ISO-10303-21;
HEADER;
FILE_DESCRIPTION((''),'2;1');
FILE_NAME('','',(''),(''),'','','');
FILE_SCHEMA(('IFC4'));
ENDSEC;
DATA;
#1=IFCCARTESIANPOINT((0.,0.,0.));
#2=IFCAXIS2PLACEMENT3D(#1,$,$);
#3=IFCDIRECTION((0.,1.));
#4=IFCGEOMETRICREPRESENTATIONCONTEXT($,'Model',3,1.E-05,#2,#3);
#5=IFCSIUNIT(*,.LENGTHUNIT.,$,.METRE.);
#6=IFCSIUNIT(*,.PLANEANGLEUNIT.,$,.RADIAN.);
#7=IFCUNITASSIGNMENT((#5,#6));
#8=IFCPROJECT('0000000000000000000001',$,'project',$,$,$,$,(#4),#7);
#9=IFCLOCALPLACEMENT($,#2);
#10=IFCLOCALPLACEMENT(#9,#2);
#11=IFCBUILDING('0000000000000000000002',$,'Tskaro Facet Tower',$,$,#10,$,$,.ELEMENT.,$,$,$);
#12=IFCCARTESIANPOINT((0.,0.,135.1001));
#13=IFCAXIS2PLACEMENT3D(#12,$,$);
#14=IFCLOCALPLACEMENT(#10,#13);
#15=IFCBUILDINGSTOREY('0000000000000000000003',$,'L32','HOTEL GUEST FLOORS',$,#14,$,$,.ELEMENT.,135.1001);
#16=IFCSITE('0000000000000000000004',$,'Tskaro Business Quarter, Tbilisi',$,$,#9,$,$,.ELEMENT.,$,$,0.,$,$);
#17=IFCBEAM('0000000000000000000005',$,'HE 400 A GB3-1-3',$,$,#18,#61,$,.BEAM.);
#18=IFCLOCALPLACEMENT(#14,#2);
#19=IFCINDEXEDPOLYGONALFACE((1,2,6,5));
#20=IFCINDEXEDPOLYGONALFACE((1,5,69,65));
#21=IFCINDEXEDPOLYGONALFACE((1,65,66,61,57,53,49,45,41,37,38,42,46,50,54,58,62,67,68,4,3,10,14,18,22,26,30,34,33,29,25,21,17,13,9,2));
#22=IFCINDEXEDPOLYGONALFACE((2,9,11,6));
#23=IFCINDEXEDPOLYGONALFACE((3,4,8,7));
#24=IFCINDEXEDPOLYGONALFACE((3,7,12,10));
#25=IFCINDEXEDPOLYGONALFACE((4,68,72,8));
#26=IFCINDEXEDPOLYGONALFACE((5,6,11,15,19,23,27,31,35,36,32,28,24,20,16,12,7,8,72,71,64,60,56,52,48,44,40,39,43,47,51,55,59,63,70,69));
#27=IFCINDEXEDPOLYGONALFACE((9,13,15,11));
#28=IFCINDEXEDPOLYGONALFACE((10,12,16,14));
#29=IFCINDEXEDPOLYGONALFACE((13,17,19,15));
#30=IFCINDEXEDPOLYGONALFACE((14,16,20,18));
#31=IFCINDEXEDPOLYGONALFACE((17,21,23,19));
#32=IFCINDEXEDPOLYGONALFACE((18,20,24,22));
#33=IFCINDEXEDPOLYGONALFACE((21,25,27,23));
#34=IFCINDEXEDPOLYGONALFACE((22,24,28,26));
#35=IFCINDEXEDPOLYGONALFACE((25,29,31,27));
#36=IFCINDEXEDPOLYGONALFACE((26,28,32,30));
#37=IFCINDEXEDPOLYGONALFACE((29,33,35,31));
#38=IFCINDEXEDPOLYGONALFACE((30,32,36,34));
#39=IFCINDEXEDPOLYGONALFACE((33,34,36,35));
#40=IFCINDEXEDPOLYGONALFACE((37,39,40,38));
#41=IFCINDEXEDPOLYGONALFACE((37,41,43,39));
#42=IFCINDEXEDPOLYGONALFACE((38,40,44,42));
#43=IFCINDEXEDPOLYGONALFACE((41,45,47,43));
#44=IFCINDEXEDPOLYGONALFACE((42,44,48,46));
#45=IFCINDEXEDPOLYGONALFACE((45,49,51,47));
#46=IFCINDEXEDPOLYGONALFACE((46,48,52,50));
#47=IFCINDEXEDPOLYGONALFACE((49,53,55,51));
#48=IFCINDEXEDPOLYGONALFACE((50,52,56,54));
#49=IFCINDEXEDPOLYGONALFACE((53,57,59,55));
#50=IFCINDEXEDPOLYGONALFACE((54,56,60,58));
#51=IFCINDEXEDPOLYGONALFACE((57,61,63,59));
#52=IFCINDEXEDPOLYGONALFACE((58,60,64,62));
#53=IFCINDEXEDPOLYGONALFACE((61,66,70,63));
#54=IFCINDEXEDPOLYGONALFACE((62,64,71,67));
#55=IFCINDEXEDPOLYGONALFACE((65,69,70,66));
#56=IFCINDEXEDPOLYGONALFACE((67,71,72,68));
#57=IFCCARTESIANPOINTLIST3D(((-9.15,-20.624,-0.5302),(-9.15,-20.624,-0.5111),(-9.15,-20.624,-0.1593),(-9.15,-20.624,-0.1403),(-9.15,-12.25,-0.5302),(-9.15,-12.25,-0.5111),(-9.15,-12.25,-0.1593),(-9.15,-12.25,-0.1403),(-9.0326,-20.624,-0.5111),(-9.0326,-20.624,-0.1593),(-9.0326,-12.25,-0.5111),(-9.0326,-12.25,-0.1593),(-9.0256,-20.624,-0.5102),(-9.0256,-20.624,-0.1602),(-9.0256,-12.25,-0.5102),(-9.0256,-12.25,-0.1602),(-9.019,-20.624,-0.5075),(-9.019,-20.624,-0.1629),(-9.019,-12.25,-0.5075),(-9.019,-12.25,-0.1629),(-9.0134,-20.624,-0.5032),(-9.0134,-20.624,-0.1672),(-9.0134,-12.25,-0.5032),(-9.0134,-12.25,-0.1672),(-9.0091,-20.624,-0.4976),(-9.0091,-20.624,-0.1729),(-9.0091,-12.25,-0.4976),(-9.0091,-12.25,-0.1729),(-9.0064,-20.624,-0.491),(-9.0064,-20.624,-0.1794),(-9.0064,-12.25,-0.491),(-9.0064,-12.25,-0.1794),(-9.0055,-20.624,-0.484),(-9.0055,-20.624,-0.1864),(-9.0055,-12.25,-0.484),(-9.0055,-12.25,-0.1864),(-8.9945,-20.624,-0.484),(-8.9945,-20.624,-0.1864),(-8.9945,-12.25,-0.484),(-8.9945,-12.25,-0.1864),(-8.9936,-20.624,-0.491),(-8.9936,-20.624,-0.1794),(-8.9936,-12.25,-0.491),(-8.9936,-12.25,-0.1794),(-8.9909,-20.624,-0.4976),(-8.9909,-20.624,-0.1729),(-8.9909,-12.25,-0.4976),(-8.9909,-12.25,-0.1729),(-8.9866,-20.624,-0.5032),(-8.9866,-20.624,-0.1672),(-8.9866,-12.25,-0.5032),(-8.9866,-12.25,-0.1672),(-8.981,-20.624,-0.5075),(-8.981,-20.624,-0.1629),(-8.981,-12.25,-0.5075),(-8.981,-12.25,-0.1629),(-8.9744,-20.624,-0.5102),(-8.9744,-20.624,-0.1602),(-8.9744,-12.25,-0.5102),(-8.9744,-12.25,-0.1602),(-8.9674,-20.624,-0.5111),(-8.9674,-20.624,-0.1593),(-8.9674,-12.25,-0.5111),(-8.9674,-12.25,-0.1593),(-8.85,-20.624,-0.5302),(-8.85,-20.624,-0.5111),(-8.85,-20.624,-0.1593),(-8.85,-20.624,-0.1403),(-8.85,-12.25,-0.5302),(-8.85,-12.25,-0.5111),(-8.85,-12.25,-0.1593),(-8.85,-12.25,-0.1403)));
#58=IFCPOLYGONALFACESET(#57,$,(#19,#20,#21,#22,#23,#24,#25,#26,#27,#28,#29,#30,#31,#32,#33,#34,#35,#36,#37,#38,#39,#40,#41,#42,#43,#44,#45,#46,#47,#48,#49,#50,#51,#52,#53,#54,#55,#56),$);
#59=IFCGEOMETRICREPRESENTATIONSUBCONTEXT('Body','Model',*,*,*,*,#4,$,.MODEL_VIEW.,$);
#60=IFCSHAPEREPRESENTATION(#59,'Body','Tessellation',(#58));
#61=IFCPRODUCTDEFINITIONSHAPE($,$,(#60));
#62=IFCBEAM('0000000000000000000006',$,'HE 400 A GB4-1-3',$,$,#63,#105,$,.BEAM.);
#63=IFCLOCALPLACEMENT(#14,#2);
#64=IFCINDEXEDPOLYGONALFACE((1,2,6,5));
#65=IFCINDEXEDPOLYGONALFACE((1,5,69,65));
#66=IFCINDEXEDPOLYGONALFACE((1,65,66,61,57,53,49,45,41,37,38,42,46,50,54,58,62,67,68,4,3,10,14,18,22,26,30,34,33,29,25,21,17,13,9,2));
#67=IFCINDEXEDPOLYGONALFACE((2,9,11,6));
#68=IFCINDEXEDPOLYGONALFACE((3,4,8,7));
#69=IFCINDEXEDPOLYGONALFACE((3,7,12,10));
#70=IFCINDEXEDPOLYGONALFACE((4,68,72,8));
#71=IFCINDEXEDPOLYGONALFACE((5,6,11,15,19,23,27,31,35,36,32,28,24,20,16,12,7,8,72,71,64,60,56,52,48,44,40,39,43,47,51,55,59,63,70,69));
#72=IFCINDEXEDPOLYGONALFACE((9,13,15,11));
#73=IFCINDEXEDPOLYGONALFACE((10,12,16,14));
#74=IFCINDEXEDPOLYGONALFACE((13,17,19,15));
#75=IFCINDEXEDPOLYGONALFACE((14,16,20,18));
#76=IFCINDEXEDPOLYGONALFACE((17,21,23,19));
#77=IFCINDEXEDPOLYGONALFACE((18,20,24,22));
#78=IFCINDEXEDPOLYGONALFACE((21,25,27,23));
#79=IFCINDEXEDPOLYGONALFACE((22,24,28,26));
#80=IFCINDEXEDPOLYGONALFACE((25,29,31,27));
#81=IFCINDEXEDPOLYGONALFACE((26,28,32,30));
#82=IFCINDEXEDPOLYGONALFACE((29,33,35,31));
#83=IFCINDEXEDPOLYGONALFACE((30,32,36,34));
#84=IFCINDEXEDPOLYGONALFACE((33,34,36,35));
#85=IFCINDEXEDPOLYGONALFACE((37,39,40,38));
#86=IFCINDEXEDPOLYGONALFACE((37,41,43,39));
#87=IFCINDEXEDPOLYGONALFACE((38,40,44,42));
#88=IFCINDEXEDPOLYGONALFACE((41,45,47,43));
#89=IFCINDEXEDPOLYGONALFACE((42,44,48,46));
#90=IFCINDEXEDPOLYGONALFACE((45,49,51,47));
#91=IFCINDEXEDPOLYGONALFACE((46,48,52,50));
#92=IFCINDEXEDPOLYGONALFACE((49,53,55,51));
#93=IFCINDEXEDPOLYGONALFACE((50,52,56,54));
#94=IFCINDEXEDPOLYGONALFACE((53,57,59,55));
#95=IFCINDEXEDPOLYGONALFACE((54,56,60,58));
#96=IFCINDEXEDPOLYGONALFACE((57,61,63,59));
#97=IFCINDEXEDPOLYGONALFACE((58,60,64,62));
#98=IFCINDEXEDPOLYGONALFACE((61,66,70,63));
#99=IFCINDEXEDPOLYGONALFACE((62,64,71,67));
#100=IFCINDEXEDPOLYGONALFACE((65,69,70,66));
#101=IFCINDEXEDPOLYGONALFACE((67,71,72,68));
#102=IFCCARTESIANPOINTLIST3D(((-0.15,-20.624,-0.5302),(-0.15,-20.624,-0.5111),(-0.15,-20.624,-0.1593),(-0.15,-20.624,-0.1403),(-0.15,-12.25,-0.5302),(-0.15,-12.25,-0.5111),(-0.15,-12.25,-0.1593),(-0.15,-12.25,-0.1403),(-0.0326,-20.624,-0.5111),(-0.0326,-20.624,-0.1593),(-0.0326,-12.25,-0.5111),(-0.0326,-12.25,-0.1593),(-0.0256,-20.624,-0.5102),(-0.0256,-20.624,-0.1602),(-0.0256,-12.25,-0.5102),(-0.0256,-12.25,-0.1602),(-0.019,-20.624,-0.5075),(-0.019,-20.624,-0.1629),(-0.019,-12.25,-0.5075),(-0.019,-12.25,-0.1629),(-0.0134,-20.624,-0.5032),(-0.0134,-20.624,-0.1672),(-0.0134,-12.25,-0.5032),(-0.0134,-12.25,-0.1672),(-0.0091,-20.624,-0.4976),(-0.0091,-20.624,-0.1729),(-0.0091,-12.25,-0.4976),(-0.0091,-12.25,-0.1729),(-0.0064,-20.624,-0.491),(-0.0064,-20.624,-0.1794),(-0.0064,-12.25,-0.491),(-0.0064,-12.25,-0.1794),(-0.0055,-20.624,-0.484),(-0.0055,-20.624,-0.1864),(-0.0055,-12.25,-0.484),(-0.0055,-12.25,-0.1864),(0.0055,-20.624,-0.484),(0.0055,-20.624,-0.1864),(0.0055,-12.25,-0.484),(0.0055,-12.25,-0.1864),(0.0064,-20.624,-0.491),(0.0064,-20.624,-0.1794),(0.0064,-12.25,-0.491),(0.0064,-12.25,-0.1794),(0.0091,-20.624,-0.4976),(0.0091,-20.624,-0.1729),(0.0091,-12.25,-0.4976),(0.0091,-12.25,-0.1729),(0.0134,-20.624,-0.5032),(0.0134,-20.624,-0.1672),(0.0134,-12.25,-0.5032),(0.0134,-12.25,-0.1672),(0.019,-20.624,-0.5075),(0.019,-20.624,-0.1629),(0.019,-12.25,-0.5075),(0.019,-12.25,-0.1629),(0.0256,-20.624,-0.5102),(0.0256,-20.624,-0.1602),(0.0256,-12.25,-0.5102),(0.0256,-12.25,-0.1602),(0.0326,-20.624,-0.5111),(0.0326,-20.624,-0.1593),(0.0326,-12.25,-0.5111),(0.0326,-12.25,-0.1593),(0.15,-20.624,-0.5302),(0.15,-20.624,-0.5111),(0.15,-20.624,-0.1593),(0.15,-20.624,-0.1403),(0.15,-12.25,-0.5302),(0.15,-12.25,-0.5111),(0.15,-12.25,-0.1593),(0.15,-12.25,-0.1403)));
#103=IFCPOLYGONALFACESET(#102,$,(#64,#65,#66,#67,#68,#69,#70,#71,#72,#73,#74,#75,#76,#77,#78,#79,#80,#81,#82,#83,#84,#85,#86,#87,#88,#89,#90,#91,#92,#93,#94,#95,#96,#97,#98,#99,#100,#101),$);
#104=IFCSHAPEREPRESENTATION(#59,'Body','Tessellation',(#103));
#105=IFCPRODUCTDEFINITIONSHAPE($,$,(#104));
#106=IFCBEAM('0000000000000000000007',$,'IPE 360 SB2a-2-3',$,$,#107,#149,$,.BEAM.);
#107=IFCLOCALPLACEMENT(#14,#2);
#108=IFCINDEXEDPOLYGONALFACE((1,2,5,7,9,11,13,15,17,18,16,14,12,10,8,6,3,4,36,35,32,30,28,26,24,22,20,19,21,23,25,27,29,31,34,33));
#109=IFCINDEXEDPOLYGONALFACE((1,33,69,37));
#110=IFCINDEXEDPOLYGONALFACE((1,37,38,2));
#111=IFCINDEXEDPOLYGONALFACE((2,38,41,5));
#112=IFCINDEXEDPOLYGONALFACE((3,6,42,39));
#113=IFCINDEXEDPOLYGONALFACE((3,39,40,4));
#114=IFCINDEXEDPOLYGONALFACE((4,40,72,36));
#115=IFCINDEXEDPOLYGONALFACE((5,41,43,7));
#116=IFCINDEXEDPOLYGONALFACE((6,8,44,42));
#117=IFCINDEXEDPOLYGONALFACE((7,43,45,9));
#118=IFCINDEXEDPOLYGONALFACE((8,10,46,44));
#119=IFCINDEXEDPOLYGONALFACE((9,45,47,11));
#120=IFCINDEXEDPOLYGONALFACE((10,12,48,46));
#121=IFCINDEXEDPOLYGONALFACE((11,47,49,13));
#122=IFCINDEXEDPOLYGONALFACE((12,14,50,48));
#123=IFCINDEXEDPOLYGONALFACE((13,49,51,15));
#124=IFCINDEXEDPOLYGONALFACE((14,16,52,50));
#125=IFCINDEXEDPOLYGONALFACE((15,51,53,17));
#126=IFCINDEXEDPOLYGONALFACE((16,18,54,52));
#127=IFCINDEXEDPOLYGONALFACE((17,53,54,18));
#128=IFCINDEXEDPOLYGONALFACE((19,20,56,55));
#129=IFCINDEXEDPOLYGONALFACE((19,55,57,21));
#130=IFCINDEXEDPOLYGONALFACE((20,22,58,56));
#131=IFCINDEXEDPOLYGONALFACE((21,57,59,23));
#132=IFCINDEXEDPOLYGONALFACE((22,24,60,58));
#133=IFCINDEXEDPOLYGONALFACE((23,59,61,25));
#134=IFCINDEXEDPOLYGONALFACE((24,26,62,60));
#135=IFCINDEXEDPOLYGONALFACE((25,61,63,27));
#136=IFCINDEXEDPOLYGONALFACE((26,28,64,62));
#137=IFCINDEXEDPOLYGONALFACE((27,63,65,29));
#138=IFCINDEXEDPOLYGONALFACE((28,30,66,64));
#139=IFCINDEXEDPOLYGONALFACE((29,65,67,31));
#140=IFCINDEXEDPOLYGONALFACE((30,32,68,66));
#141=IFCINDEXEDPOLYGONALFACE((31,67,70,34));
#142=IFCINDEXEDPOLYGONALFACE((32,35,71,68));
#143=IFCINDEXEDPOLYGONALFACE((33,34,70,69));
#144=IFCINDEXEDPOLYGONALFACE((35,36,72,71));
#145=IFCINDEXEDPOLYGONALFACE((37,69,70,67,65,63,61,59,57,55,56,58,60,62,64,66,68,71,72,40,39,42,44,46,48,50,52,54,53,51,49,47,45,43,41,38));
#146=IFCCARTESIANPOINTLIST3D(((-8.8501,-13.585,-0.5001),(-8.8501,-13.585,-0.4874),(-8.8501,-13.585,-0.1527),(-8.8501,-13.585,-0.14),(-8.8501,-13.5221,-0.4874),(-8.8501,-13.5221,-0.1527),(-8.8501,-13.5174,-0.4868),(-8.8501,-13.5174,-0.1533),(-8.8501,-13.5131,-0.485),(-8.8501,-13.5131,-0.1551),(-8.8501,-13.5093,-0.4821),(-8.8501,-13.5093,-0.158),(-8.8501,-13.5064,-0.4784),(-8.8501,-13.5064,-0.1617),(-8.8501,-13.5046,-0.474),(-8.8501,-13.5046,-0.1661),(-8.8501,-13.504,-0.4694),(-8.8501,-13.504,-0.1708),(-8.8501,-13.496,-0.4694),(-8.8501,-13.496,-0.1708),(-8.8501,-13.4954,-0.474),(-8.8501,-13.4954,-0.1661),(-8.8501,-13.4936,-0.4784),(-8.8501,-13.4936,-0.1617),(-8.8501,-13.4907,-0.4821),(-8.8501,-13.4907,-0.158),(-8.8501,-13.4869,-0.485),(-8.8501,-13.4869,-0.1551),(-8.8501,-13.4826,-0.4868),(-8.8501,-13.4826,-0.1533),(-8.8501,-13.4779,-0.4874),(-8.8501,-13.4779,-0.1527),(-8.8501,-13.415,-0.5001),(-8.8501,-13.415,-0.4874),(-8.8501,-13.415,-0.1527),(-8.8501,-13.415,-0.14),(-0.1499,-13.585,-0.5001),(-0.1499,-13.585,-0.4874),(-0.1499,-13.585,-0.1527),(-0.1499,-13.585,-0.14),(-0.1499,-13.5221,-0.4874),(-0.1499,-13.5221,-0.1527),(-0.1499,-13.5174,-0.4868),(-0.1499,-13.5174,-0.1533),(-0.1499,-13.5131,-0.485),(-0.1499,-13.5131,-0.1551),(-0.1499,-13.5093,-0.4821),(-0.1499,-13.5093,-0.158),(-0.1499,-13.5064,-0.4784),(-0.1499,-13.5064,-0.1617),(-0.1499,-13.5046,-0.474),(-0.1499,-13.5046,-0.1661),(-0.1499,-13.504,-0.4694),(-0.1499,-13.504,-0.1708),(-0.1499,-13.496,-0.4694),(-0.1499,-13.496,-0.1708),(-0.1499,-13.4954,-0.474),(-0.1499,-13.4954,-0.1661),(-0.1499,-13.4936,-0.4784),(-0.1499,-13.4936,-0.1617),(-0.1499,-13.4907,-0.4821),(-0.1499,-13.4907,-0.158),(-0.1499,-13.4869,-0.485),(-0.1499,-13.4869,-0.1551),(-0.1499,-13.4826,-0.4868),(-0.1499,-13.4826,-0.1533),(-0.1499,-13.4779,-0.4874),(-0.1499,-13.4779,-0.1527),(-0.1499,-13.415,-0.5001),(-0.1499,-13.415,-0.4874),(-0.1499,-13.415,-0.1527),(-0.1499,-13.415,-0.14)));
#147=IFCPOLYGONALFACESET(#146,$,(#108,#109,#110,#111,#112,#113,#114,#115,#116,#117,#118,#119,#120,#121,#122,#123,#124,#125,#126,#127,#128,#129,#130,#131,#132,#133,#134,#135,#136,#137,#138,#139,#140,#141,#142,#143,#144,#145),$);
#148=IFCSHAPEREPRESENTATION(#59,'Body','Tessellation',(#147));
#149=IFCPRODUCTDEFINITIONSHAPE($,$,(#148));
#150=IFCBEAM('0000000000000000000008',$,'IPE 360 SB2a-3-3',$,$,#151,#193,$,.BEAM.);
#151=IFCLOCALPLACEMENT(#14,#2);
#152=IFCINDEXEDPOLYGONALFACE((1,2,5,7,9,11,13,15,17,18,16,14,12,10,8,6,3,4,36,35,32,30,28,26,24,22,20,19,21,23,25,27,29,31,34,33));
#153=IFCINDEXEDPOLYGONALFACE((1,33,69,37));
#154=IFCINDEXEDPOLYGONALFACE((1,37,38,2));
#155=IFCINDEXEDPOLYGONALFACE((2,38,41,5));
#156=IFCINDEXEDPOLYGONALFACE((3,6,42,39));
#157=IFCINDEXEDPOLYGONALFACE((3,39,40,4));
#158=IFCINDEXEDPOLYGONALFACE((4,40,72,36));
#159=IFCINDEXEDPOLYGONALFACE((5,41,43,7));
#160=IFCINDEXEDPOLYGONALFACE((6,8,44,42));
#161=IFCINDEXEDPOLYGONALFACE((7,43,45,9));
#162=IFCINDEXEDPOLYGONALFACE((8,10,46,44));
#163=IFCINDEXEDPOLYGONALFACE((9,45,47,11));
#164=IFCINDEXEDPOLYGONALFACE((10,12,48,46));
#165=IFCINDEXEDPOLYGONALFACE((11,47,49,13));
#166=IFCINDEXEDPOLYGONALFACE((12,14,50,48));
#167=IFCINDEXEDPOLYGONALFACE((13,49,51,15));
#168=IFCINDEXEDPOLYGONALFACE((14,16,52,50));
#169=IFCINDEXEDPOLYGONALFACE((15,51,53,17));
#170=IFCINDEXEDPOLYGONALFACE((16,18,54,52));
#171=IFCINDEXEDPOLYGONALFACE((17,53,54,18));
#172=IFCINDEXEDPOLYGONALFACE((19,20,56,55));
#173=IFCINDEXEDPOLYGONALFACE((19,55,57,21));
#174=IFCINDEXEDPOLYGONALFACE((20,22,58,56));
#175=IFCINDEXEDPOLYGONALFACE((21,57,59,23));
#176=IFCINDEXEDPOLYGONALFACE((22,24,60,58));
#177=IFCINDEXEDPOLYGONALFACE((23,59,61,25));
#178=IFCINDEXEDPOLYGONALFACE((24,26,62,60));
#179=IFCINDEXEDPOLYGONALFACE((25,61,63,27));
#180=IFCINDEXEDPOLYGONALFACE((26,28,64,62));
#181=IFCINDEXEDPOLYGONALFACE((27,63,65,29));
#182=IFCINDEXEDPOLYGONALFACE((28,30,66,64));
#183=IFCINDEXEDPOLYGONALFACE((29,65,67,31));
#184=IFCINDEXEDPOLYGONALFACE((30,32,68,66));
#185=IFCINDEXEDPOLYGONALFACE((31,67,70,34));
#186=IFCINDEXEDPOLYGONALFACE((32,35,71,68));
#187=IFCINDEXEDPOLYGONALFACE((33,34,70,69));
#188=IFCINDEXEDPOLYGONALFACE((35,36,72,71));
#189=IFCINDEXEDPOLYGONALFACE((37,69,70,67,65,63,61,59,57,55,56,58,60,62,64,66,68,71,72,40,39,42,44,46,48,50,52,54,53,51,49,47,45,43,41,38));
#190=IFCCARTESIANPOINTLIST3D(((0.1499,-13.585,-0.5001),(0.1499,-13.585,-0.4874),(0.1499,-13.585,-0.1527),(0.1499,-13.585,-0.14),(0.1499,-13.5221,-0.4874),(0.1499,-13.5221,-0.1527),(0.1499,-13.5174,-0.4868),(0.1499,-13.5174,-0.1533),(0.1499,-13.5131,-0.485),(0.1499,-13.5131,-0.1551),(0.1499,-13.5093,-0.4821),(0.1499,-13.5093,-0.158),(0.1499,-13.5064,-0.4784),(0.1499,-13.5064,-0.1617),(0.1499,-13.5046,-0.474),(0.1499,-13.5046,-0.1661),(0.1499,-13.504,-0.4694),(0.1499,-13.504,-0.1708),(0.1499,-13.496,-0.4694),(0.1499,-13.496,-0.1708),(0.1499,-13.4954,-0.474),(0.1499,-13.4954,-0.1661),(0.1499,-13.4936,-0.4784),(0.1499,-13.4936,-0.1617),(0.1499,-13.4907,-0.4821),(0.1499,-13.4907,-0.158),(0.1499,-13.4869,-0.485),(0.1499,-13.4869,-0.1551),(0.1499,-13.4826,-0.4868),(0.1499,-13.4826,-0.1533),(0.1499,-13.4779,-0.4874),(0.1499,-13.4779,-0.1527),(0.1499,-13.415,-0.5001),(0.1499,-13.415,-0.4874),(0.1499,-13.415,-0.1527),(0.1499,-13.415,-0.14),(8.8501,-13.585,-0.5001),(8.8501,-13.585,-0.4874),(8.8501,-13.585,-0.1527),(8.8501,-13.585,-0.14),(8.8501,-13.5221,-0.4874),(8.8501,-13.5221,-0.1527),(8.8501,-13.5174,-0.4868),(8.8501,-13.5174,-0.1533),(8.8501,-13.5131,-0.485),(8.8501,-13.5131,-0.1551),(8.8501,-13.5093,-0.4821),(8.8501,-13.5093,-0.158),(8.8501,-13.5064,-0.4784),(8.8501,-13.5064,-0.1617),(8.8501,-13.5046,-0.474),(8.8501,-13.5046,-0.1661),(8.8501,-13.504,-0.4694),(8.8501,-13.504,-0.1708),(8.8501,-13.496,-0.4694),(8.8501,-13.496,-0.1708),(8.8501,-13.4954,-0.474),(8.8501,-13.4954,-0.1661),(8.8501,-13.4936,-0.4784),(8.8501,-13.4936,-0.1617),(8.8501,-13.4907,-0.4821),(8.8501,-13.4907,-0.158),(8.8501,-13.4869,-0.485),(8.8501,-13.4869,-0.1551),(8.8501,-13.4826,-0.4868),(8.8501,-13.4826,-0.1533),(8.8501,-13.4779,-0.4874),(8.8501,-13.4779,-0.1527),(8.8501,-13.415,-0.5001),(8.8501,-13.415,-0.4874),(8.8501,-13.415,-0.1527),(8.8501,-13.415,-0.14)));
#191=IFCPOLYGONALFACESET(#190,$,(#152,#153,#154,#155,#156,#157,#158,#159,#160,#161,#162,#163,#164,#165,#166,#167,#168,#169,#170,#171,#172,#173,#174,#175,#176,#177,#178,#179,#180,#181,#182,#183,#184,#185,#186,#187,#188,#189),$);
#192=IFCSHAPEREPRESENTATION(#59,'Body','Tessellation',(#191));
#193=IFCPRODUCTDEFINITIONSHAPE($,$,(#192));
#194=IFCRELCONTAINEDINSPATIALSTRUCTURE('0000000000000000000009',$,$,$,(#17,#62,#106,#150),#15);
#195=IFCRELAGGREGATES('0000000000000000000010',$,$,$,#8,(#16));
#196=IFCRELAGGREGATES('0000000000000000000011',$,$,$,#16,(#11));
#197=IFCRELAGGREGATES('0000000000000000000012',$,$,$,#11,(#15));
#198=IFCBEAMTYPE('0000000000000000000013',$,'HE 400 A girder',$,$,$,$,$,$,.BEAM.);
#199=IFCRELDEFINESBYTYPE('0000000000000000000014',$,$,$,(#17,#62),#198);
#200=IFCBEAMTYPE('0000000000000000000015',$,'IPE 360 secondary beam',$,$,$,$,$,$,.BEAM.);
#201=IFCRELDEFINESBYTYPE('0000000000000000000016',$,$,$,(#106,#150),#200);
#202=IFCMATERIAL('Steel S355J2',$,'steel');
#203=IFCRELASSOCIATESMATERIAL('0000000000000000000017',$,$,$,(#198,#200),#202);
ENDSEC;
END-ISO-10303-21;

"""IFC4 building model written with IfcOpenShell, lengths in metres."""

from ifc_helpers import new_model, si_unit, direction, frame, origin, origin_2d, place, context, subcontext, project, spatial, i_section, extrude, material, material_profile, profile_set, type_object, element, save


model = new_model("IFC4")

# Units and contexts
model_context = context("Model", 3, precision=1e-05, world=origin(), true_north=direction((0.0, 1.0)))
body_context = subcontext(model_context, "Body", "Model", "MODEL_VIEW")
ifc_project = project(units=[si_unit("LENGTHUNIT", "METRE"), si_unit("PLANEANGLEUNIT", "RADIAN")], contexts=[model_context])

# Site, building, storey
site_placement = place(None, origin())
site = spatial("IfcSite", under=ifc_project, at=site_placement, Name="Tskaro Business Quarter, Tbilisi", CompositionType="ELEMENT", RefElevation=0.0)
building_placement = place(site_placement, origin())
building = spatial("IfcBuilding", under=site, at=building_placement, Name="Tskaro Facet Tower", CompositionType="ELEMENT")
storey_placement = place(building_placement, frame((0.0, 0.0, 135.1001)))
storey = spatial("IfcBuildingStorey", under=building, at=storey_placement, Name="L32", Description="HOTEL GUEST FLOORS", CompositionType="ELEMENT", Elevation=135.1001)

# Beams
ifc_material_1 = material(Name="Steel S355J2", Category="steel")
ifc_material_profile_1 = material_profile(ifc_material_1, i_section(OverallWidth=0.3, OverallDepth=0.3899, WebThickness=0.011, FlangeThickness=0.019, FilletRadius=0.0271, at=origin_2d()), Name="HE 400 A")
ifc_profile_set_1 = profile_set([ifc_material_profile_1], Name="Steel S355J2")
beam_type_1 = type_object("IfcBeamType", Name="HE 400 A girder", PredefinedType="BEAM", material=ifc_profile_set_1)
for number, where, z_axis, x_axis, name in (
    (1, (-9.0, -20.624, -0.3352), (0.0, 1.0, 0.0), (-1.0, 0.0, 0.0), "HE 400 A GB3-1-3"),
    (2, (0.0, -20.624, -0.3352), (0.0, 1.0, 0.0), (-1.0, 0.0, 0.0), "HE 400 A GB4-1-3"),
):
    element("IfcBeam", number, at=place(storey_placement, frame(where, z_axis=z_axis, x_axis=x_axis)), inside=storey, type_object=beam_type_1, Name=name, PredefinedType="BEAM", context=body_context, shape_type="SweptSolid", body=[
        extrude(i_section(OverallWidth=0.3, OverallDepth=0.3899, WebThickness=0.011, FlangeThickness=0.019, FilletRadius=0.0271, at=origin_2d()), origin(), (0.0, 0.0, 1.0), 8.374),
    ])
ifc_material_profile_2 = material_profile(ifc_material_1, i_section(OverallWidth=0.1699, OverallDepth=0.3601, WebThickness=0.0081, FlangeThickness=0.0127, FilletRadius=0.0181, at=origin_2d()), Name="IPE 360")
ifc_profile_set_2 = profile_set([ifc_material_profile_2], Name="Steel S355J2")
beam_type_2 = type_object("IfcBeamType", Name="IPE 360 secondary beam", PredefinedType="BEAM", material=ifc_profile_set_2)
for number, where, z_axis, x_axis, name in (
    (3, (-8.8501, -13.5, -0.3201), (1.0, 0.0, 0.0), (0.0, 1.0, 0.0), "IPE 360 SB2a-2-3"),
    (4, (0.1499, -13.5, -0.3201), (1.0, 0.0, 0.0), (0.0, 1.0, 0.0), "IPE 360 SB2a-3-3"),
):
    element("IfcBeam", number, at=place(storey_placement, frame(where, z_axis=z_axis, x_axis=x_axis)), inside=storey, type_object=beam_type_2, Name=name, PredefinedType="BEAM", context=body_context, shape_type="SweptSolid", body=[
        extrude(i_section(OverallWidth=0.1699, OverallDepth=0.3601, WebThickness=0.0081, FlangeThickness=0.0127, FilletRadius=0.0181, at=origin_2d()), origin(), (0.0, 0.0, 1.0), 8.7002),
    ])

save(model, "model.ifc")
